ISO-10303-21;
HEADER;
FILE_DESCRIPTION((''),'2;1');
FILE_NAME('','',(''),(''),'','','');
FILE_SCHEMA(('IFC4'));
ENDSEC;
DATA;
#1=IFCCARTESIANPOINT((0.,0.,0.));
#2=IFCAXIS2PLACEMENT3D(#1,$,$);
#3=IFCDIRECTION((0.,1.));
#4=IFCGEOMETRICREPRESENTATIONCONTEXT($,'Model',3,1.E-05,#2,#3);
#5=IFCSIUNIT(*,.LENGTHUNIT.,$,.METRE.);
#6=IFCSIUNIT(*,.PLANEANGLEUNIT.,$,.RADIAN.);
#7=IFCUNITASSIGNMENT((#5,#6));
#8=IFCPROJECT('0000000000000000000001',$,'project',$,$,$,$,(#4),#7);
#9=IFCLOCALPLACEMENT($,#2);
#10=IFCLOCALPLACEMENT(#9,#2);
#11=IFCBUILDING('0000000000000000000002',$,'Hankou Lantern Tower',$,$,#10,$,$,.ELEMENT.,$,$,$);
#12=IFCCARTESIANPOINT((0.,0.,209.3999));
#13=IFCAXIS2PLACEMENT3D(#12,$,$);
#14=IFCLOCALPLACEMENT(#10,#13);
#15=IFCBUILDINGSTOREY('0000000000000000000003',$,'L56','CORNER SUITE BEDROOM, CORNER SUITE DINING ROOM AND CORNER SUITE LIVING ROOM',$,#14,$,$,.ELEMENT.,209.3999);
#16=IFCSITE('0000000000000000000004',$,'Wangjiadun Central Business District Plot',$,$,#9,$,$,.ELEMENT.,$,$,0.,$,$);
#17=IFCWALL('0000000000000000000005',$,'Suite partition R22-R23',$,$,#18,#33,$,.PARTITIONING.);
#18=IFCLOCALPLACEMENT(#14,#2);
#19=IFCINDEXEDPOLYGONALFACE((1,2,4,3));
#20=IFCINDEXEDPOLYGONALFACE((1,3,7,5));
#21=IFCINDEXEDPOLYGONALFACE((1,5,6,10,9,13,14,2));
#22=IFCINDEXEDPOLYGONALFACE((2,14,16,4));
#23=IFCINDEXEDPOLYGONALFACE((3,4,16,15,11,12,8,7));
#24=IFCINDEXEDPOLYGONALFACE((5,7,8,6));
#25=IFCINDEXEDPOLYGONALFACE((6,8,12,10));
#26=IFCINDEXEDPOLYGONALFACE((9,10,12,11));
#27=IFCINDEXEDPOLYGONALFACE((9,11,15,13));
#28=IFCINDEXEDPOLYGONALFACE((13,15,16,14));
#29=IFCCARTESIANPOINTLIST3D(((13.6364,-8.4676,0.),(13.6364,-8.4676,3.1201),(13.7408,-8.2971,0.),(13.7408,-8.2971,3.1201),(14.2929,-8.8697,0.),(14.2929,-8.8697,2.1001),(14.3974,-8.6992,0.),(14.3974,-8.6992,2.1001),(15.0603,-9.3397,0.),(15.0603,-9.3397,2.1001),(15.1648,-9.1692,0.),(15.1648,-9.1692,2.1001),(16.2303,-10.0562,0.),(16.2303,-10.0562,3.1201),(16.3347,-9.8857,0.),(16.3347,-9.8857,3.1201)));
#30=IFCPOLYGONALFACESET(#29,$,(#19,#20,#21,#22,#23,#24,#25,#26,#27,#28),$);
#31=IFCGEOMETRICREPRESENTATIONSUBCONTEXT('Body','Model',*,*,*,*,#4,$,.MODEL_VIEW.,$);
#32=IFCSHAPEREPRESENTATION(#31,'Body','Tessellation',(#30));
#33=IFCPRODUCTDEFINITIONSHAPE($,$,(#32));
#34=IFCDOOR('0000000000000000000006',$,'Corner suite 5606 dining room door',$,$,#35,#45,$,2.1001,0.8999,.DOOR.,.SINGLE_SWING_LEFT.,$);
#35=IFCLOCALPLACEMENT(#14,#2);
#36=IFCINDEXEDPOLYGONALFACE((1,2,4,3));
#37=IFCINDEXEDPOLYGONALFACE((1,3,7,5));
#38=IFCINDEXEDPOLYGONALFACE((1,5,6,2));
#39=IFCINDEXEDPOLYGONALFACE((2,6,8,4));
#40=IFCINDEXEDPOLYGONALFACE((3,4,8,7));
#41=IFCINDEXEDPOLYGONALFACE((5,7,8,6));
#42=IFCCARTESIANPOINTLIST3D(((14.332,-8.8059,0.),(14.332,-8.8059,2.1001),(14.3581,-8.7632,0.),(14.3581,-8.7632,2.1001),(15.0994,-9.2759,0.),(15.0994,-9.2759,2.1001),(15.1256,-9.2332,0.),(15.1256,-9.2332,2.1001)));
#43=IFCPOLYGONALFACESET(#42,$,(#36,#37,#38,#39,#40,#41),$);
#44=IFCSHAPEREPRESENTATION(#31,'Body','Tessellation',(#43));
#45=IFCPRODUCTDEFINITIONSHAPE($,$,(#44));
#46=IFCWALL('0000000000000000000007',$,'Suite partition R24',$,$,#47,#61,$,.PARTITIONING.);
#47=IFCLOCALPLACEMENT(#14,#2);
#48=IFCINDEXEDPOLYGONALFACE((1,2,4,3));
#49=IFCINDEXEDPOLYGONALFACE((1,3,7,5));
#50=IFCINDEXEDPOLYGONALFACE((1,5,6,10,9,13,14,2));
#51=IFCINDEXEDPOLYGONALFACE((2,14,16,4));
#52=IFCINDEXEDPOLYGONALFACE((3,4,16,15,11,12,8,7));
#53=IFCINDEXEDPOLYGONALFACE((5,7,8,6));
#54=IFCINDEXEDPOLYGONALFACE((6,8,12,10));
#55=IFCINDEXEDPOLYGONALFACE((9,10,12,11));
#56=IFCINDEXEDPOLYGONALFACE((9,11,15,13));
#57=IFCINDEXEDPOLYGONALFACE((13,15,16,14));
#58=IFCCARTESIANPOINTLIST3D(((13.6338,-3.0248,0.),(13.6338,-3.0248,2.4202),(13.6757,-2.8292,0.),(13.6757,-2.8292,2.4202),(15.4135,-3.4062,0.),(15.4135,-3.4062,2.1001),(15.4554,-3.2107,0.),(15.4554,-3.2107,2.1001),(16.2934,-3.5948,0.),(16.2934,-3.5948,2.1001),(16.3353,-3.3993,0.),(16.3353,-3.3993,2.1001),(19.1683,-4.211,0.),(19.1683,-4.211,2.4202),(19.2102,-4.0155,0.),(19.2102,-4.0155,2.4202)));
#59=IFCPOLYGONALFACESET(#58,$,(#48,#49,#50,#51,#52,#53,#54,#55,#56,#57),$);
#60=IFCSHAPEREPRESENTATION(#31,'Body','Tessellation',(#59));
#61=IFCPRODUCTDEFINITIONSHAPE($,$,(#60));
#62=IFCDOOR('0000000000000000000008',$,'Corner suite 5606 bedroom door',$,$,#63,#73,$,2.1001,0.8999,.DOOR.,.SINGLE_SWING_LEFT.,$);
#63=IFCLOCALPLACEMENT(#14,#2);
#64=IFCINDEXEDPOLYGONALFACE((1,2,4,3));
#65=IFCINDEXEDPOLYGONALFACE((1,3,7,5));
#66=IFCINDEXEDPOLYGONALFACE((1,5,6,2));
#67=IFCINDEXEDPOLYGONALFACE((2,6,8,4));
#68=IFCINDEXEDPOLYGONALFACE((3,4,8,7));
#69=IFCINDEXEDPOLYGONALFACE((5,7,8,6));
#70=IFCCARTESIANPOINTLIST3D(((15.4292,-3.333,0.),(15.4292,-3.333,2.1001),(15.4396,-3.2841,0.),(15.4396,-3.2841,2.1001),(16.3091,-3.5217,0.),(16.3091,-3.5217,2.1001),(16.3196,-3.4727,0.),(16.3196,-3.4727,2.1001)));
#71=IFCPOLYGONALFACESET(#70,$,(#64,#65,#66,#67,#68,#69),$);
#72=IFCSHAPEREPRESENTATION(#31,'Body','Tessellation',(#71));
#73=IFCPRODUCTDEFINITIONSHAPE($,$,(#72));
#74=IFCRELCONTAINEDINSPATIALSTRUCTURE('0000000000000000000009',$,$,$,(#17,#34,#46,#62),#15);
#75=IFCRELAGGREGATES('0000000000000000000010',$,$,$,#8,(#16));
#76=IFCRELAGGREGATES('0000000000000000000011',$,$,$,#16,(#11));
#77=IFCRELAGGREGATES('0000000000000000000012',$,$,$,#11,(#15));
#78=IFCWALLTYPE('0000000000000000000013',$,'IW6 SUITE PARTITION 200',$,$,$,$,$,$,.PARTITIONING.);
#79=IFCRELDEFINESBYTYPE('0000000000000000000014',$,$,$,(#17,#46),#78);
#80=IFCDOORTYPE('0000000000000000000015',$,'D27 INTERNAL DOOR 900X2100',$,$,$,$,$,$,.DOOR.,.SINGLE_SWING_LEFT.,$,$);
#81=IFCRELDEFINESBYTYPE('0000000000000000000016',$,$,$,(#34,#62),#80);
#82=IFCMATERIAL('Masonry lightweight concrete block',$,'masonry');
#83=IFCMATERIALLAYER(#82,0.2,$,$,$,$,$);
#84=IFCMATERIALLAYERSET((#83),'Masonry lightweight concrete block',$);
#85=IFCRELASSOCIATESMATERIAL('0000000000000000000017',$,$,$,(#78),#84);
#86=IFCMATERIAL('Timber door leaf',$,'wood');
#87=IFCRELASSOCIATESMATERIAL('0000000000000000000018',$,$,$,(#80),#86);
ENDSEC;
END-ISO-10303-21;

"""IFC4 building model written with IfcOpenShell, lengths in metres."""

from ifc_helpers import new_model, si_unit, direction, frame, frame_2d, origin, place, context, subcontext, project, spatial, rectangle, extrude, material, layer, layer_set, type_object, element, fill, save


model = new_model("IFC4")

# Units and contexts
model_context = context("Model", 3, precision=1e-05, world=origin(), true_north=direction((0.0, 1.0)))
body_context = subcontext(model_context, "Body", "Model", "MODEL_VIEW")
ifc_project = project(units=[si_unit("LENGTHUNIT", "METRE"), si_unit("PLANEANGLEUNIT", "RADIAN")], contexts=[model_context])

# Site, building, storey
site_placement = place(None, origin())
site = spatial("IfcSite", under=ifc_project, at=site_placement, Name="Wangjiadun Central Business District Plot", CompositionType="ELEMENT", RefElevation=0.0)
building_placement = place(site_placement, origin())
building = spatial("IfcBuilding", under=site, at=building_placement, Name="Hankou Lantern Tower", CompositionType="ELEMENT")
storey_placement = place(building_placement, frame((0.0, 0.0, 209.3999)))
storey = spatial("IfcBuildingStorey", under=building, at=storey_placement, Name="L56", Description="CORNER SUITE BEDROOM, CORNER SUITE DINING ROOM AND CORNER SUITE LIVING ROOM", CompositionType="ELEMENT", Elevation=209.3999)

# Walls, openings, doors
ifc_material_1 = material(Name="Masonry lightweight concrete block", Category="masonry")
ifc_layer_1 = layer(ifc_material_1, 0.2)
ifc_layer_set_1 = layer_set([ifc_layer_1], Name="Masonry lightweight concrete block")
wall_type_1 = type_object("IfcWallType", Name="IW6 SUITE PARTITION 200", PredefinedType="PARTITIONING", material=ifc_layer_set_1)
wall_1_placement = place(storey_placement, frame((13.6885, -8.3823, 0.0), z_axis=(0.0, 0.0, 1.0), x_axis=(0.852783, -0.522265, 0.0)))
wall_1 = element("IfcWall", 1, at=wall_1_placement, inside=storey, type_object=wall_type_1, Name="Suite partition R22-R23", PredefinedType="PARTITIONING", context=body_context, shape_type="SweptSolid", body=[
    extrude(rectangle(XDim=3.0417, YDim=0.2, at=frame_2d((1.521, 0.0))), origin(), (0.0, 0.0, 1.0), 3.1201),
])
opening_1_placement = place(wall_1_placement, frame((0.77, 0.0, 0.0)))
opening_1 = element("IfcOpeningElement", 2, at=opening_1_placement, cuts=wall_1, PredefinedType="OPENING", context=body_context, shape_type="SweptSolid", body=[
    extrude(rectangle(XDim=0.8999, YDim=2.1001, at=frame_2d((0.45, 1.05))), frame((0.0, 0.1099, 0.0), z_axis=(0.0, -1.0, 0.0), x_axis=(1.0, 0.0, 0.0)), (0.0, 0.0, 1.0), 0.22),
])
ifc_material_2 = material(Name="Timber door leaf", Category="wood")
door_type_1 = type_object("IfcDoorType", Name="D27 INTERNAL DOOR 900X2100", OperationType="SINGLE_SWING_LEFT", PredefinedType="DOOR", material=ifc_material_2)
door_1_placement = place(opening_1_placement, origin())
door_1 = element("IfcDoor", 3, at=door_1_placement, inside=storey, type_object=door_type_1, Name="Corner suite 5606 dining room door", OperationType="SINGLE_SWING_LEFT", OverallHeight=2.1001, OverallWidth=0.8999, PredefinedType="DOOR", context=body_context, shape_type="SweptSolid", body=[
    extrude(rectangle(XDim=0.8999, YDim=2.1001, at=frame_2d((0.45, 1.05))), frame((0.0, 0.0249, 0.0), z_axis=(0.0, -1.0, 0.0), x_axis=(1.0, 0.0, 0.0)), (0.0, 0.0, 1.0), 0.05),
])
fill(opening_1, door_1)
wall_2_placement = place(storey_placement, frame((13.6548, -2.927, 0.0), z_axis=(0.0, 0.0, 1.0), x_axis=(0.97779, -0.209585, 0.0)))
wall_2 = element("IfcWall", 4, at=wall_2_placement, inside=storey, type_object=wall_type_1, Name="Suite partition R24", PredefinedType="PARTITIONING", context=body_context, shape_type="SweptSolid", body=[
    extrude(rectangle(XDim=5.6602, YDim=0.2, at=frame_2d((2.8301, 0.0))), origin(), (0.0, 0.0, 1.0), 2.4202),
])
opening_2_placement = place(wall_2_placement, frame((1.8201, 0.0, 0.0)))
opening_2 = element("IfcOpeningElement", 5, at=opening_2_placement, cuts=wall_2, PredefinedType="OPENING", context=body_context, shape_type="SweptSolid", body=[
    extrude(rectangle(XDim=0.8999, YDim=2.1001, at=frame_2d((0.45, 1.05))), frame((0.0, 0.1099, 0.0), z_axis=(0.0, -1.0, 0.0), x_axis=(1.0, 0.0, 0.0)), (0.0, 0.0, 1.0), 0.22),
])
door_2_placement = place(opening_2_placement, origin())
door_2 = element("IfcDoor", 6, at=door_2_placement, inside=storey, type_object=door_type_1, Name="Corner suite 5606 bedroom door", OperationType="SINGLE_SWING_LEFT", OverallHeight=2.1001, OverallWidth=0.8999, PredefinedType="DOOR", context=body_context, shape_type="SweptSolid", body=[
    extrude(rectangle(XDim=0.8999, YDim=2.1001, at=frame_2d((0.45, 1.05))), frame((0.0, 0.0249, 0.0), z_axis=(0.0, -1.0, 0.0), x_axis=(1.0, 0.0, 0.0)), (0.0, 0.0, 1.0), 0.05),
])
fill(opening_2, door_2)

save(model, "model.ifc")
